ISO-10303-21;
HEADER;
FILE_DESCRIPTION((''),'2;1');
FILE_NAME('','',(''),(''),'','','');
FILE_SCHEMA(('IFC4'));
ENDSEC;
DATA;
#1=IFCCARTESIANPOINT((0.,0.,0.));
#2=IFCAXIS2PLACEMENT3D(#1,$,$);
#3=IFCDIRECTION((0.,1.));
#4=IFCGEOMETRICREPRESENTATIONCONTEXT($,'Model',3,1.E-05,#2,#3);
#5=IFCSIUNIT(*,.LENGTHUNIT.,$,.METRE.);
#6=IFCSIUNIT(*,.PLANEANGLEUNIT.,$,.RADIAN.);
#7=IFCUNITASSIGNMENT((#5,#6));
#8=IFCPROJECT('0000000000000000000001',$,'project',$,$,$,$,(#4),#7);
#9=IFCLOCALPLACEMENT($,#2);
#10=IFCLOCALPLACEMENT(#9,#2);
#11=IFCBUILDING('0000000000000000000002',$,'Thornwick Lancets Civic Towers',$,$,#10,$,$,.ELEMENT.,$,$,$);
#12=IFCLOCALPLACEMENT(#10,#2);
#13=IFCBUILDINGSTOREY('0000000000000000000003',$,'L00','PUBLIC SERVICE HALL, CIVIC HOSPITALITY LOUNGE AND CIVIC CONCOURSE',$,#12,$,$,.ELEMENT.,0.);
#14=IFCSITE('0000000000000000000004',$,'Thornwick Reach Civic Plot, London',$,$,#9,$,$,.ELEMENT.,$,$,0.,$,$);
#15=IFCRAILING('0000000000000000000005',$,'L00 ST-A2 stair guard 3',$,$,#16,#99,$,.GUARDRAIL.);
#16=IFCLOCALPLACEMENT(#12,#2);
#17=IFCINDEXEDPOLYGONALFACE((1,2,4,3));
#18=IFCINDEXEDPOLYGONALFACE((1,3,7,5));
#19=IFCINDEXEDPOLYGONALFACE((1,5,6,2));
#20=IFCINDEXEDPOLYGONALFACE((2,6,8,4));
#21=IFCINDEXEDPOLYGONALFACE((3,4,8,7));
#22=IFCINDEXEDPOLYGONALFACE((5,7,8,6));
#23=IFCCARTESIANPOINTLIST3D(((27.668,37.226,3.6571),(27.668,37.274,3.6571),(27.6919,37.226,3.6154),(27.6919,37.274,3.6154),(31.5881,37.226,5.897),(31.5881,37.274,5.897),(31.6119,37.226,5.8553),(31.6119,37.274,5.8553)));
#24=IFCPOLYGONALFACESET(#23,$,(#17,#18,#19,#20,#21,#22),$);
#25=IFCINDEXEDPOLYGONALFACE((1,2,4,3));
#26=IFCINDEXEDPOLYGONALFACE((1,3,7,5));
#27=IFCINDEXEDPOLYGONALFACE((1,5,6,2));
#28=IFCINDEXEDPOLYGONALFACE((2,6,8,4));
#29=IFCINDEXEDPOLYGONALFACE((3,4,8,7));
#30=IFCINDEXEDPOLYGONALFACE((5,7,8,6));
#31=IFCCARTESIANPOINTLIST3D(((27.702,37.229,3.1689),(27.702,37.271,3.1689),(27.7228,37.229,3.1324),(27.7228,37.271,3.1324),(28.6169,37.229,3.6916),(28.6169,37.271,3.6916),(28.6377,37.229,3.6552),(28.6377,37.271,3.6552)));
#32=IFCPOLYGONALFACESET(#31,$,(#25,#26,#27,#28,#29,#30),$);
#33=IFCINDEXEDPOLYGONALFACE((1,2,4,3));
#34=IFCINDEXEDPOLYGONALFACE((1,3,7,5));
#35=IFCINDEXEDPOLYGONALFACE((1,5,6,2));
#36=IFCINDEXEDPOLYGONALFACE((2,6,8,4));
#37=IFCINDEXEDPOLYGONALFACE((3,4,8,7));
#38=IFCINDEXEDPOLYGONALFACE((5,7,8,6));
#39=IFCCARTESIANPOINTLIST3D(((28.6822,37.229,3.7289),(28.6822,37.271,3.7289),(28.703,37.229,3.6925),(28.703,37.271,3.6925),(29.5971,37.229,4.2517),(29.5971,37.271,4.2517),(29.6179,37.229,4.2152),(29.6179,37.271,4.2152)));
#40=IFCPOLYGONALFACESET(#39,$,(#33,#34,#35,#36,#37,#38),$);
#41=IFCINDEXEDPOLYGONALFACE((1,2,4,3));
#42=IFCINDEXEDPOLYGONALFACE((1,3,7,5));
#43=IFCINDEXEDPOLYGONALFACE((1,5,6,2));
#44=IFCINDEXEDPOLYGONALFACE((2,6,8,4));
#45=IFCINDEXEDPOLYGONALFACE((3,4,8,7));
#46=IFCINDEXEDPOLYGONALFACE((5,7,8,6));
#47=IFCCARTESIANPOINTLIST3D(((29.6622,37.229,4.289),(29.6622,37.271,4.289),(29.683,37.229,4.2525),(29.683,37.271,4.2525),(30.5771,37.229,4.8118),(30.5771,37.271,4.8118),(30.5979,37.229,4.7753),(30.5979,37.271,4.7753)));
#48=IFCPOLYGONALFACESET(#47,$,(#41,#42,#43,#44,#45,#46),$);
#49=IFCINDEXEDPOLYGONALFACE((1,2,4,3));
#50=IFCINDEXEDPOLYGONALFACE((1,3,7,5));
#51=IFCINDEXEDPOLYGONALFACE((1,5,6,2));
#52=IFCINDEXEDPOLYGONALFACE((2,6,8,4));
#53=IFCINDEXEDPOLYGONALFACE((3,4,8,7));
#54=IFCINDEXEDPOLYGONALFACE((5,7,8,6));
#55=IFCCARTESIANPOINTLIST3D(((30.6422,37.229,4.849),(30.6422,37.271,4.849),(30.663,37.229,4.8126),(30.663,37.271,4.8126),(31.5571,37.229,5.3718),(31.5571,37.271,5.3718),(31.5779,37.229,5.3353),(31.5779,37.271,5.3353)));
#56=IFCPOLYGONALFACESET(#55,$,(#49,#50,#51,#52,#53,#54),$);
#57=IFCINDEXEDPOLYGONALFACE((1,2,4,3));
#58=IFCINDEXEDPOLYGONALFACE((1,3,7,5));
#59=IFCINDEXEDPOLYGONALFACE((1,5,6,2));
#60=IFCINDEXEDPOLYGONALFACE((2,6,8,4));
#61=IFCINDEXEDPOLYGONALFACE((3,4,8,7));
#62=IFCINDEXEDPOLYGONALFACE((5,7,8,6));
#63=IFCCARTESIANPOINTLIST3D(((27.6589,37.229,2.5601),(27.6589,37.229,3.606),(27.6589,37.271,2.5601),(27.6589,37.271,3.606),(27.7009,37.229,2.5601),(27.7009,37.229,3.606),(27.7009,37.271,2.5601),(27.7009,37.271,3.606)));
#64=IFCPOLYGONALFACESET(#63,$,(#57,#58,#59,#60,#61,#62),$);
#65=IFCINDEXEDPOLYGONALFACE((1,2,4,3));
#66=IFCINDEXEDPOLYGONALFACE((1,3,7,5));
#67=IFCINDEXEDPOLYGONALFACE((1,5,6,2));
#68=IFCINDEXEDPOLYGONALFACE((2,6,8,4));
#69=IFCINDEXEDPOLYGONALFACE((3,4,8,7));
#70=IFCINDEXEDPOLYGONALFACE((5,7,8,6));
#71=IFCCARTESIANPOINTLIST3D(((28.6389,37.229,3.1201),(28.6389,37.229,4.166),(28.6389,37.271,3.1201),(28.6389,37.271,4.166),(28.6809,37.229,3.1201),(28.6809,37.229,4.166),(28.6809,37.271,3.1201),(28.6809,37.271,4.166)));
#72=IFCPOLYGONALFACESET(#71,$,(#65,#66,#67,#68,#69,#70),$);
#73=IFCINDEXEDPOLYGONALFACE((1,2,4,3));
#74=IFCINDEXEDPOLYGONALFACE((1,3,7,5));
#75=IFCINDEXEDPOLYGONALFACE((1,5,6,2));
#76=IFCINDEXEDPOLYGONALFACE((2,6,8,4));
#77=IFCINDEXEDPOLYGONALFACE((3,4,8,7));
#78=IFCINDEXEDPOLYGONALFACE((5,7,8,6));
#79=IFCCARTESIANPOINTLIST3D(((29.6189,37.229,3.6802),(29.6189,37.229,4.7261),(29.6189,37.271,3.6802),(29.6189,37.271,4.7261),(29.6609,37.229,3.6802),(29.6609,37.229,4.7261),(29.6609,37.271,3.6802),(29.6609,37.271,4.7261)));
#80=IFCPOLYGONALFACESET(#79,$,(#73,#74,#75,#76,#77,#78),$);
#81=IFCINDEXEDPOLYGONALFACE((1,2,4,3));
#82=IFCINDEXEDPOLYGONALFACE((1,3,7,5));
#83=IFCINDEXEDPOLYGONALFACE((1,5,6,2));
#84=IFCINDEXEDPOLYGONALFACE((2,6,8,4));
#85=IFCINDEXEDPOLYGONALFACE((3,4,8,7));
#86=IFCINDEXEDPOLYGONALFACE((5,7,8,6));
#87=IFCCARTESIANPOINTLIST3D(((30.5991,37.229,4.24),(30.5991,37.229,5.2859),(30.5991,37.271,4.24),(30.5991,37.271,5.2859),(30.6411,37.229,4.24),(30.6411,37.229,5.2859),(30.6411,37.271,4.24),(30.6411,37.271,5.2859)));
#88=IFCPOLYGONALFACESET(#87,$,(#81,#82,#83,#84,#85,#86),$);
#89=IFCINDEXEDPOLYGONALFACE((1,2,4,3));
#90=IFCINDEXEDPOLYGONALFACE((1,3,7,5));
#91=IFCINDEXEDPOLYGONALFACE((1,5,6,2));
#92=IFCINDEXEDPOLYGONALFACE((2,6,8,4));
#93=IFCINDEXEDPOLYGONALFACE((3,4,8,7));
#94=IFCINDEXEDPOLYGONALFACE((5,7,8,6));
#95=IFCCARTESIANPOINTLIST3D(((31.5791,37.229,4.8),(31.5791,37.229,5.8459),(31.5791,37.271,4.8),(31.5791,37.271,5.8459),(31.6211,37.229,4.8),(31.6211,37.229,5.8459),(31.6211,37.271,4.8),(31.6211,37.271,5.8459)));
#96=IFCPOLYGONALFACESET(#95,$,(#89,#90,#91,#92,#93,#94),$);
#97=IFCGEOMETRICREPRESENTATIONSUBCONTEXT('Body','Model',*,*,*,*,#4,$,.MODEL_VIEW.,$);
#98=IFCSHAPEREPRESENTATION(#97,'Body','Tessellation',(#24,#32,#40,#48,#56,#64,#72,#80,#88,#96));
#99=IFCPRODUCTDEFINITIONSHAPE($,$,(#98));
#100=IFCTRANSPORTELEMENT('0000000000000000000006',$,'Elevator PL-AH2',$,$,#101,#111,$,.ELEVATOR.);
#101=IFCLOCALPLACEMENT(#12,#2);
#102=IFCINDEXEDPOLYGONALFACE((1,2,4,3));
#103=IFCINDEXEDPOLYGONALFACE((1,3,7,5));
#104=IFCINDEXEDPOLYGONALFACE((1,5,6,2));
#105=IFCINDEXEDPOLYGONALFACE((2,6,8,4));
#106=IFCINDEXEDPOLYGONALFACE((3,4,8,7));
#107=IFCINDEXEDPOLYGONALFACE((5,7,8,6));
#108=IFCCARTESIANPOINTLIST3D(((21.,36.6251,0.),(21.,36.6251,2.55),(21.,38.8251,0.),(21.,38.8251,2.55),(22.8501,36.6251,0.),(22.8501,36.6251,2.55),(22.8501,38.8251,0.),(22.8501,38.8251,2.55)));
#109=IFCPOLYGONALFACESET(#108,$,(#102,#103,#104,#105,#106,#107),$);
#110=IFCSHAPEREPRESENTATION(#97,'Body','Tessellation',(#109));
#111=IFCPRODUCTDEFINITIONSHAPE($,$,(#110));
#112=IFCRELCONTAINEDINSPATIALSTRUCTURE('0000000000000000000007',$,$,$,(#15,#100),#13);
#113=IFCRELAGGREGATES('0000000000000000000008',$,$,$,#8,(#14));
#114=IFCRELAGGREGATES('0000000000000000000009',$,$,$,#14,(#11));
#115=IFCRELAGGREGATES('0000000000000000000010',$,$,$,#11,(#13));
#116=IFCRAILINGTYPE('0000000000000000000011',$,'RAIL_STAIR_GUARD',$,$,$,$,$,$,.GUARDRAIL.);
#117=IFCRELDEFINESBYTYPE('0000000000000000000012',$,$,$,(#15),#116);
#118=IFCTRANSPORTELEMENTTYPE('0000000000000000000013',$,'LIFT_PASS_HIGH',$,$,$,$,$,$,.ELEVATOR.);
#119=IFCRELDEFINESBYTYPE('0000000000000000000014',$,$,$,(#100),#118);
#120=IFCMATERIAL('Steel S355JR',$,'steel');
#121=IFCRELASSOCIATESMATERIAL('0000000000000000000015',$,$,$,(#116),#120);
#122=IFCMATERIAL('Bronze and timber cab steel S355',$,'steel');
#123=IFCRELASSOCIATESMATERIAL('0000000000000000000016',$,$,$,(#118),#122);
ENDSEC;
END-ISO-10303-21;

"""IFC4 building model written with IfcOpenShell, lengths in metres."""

from ifc_helpers import new_model, si_unit, direction, frame, origin, origin_2d, place, context, subcontext, project, spatial, rectangle, extrude, material, type_object, element, save


model = new_model("IFC4")

# Units and contexts
model_context = context("Model", 3, precision=1e-05, world=origin(), true_north=direction((0.0, 1.0)))
body_context = subcontext(model_context, "Body", "Model", "MODEL_VIEW")
ifc_project = project(units=[si_unit("LENGTHUNIT", "METRE"), si_unit("PLANEANGLEUNIT", "RADIAN")], contexts=[model_context])

# Site, building, storey
site_placement = place(None, origin())
site = spatial("IfcSite", under=ifc_project, at=site_placement, Name="Thornwick Reach Civic Plot, London", CompositionType="ELEMENT", RefElevation=0.0)
building_placement = place(site_placement, origin())
building = spatial("IfcBuilding", under=site, at=building_placement, Name="Thornwick Lancets Civic Towers", CompositionType="ELEMENT")
storey_placement = place(building_placement, origin())
storey = spatial("IfcBuildingStorey", under=building, at=storey_placement, Name="L00", Description="PUBLIC SERVICE HALL, CIVIC HOSPITALITY LOUNGE AND CIVIC CONCOURSE", CompositionType="ELEMENT", Elevation=0.0)

# Shared definitions
ifc_material_1 = material(Name="Steel S355JR", Category="steel")

# Railing
railing_type_1 = type_object("IfcRailingType", Name="RAIL_STAIR_GUARD", PredefinedType="GUARDRAIL", material=ifc_material_1)
railing_1_placement = place(storey_placement, frame((27.6799, 37.25, 2.5601)))
element("IfcRailing", 1, at=railing_1_placement, inside=storey, type_object=railing_type_1, Name="L00 ST-A2 stair guard 3", PredefinedType="GUARDRAIL", context=body_context, shape_type="SweptSolid", body=[
    extrude(rectangle(XDim=0.0481, YDim=0.0481, at=origin_2d()), frame((0.0, 0.0, 1.0762), z_axis=(0.868253, 0.0, 0.496121), x_axis=(0.0, 1.0, 0.0)), (0.0, 0.0, 1.0), 4.5149),
    extrude(rectangle(XDim=0.042, YDim=0.042, at=origin_2d()), frame((0.0325, 0.0, 0.5906), z_axis=(0.868253, 0.0, 0.496121), x_axis=(0.0, 1.0, 0.0)), (0.0, 0.0, 1.0), 1.0537),
    extrude(rectangle(XDim=0.042, YDim=0.042, at=origin_2d()), frame((1.0127, 0.0, 1.1506), z_axis=(0.868253, 0.0, 0.496121), x_axis=(0.0, 1.0, 0.0)), (0.0, 0.0, 1.0), 1.0537),
    extrude(rectangle(XDim=0.042, YDim=0.042, at=origin_2d()), frame((1.9927, 0.0, 1.7107), z_axis=(0.868253, 0.0, 0.496121), x_axis=(0.0, 1.0, 0.0)), (0.0, 0.0, 1.0), 1.0537),
    extrude(rectangle(XDim=0.042, YDim=0.042, at=origin_2d()), frame((2.9727, 0.0, 2.2708), z_axis=(0.868253, 0.0, 0.496121), x_axis=(0.0, 1.0, 0.0)), (0.0, 0.0, 1.0), 1.0537),
    extrude(rectangle(XDim=0.042, YDim=0.042, at=origin_2d()), origin(), (0.0, 0.0, 1.0), 1.0459),
    extrude(rectangle(XDim=0.042, YDim=0.042, at=origin_2d()), frame((0.98, 0.0, 0.5601)), (0.0, 0.0, 1.0), 1.0459),
    extrude(rectangle(XDim=0.042, YDim=0.042, at=origin_2d()), frame((1.96, 0.0, 1.1201)), (0.0, 0.0, 1.0), 1.0459),
    extrude(rectangle(XDim=0.042, YDim=0.042, at=origin_2d()), frame((2.9402, 0.0, 1.6799)), (0.0, 0.0, 1.0), 1.0459),
    extrude(rectangle(XDim=0.042, YDim=0.042, at=origin_2d()), frame((3.9202, 0.0, 2.24)), (0.0, 0.0, 1.0), 1.0459),
])

# Transport element
ifc_material_2 = material(Name="Bronze and timber cab steel S355", Category="steel")
transport_element_type = type_object("IfcTransportElementType", Name="LIFT_PASS_HIGH", PredefinedType="ELEVATOR", material=ifc_material_2)
transport_element_placement = place(storey_placement, frame((21.925, 37.7251, 0.0), z_axis=(0.0, 0.0, 1.0), x_axis=(1.0, 0.0, 0.0)))
element("IfcTransportElement", 2, at=transport_element_placement, inside=storey, type_object=transport_element_type, Name="Elevator PL-AH2", PredefinedType="ELEVATOR", context=body_context, shape_type="SweptSolid", body=[
    extrude(rectangle(XDim=1.8501, YDim=2.2, at=origin_2d()), origin(), (0.0, 0.0, 1.0), 2.55),
])

save(model, "model.ifc")
